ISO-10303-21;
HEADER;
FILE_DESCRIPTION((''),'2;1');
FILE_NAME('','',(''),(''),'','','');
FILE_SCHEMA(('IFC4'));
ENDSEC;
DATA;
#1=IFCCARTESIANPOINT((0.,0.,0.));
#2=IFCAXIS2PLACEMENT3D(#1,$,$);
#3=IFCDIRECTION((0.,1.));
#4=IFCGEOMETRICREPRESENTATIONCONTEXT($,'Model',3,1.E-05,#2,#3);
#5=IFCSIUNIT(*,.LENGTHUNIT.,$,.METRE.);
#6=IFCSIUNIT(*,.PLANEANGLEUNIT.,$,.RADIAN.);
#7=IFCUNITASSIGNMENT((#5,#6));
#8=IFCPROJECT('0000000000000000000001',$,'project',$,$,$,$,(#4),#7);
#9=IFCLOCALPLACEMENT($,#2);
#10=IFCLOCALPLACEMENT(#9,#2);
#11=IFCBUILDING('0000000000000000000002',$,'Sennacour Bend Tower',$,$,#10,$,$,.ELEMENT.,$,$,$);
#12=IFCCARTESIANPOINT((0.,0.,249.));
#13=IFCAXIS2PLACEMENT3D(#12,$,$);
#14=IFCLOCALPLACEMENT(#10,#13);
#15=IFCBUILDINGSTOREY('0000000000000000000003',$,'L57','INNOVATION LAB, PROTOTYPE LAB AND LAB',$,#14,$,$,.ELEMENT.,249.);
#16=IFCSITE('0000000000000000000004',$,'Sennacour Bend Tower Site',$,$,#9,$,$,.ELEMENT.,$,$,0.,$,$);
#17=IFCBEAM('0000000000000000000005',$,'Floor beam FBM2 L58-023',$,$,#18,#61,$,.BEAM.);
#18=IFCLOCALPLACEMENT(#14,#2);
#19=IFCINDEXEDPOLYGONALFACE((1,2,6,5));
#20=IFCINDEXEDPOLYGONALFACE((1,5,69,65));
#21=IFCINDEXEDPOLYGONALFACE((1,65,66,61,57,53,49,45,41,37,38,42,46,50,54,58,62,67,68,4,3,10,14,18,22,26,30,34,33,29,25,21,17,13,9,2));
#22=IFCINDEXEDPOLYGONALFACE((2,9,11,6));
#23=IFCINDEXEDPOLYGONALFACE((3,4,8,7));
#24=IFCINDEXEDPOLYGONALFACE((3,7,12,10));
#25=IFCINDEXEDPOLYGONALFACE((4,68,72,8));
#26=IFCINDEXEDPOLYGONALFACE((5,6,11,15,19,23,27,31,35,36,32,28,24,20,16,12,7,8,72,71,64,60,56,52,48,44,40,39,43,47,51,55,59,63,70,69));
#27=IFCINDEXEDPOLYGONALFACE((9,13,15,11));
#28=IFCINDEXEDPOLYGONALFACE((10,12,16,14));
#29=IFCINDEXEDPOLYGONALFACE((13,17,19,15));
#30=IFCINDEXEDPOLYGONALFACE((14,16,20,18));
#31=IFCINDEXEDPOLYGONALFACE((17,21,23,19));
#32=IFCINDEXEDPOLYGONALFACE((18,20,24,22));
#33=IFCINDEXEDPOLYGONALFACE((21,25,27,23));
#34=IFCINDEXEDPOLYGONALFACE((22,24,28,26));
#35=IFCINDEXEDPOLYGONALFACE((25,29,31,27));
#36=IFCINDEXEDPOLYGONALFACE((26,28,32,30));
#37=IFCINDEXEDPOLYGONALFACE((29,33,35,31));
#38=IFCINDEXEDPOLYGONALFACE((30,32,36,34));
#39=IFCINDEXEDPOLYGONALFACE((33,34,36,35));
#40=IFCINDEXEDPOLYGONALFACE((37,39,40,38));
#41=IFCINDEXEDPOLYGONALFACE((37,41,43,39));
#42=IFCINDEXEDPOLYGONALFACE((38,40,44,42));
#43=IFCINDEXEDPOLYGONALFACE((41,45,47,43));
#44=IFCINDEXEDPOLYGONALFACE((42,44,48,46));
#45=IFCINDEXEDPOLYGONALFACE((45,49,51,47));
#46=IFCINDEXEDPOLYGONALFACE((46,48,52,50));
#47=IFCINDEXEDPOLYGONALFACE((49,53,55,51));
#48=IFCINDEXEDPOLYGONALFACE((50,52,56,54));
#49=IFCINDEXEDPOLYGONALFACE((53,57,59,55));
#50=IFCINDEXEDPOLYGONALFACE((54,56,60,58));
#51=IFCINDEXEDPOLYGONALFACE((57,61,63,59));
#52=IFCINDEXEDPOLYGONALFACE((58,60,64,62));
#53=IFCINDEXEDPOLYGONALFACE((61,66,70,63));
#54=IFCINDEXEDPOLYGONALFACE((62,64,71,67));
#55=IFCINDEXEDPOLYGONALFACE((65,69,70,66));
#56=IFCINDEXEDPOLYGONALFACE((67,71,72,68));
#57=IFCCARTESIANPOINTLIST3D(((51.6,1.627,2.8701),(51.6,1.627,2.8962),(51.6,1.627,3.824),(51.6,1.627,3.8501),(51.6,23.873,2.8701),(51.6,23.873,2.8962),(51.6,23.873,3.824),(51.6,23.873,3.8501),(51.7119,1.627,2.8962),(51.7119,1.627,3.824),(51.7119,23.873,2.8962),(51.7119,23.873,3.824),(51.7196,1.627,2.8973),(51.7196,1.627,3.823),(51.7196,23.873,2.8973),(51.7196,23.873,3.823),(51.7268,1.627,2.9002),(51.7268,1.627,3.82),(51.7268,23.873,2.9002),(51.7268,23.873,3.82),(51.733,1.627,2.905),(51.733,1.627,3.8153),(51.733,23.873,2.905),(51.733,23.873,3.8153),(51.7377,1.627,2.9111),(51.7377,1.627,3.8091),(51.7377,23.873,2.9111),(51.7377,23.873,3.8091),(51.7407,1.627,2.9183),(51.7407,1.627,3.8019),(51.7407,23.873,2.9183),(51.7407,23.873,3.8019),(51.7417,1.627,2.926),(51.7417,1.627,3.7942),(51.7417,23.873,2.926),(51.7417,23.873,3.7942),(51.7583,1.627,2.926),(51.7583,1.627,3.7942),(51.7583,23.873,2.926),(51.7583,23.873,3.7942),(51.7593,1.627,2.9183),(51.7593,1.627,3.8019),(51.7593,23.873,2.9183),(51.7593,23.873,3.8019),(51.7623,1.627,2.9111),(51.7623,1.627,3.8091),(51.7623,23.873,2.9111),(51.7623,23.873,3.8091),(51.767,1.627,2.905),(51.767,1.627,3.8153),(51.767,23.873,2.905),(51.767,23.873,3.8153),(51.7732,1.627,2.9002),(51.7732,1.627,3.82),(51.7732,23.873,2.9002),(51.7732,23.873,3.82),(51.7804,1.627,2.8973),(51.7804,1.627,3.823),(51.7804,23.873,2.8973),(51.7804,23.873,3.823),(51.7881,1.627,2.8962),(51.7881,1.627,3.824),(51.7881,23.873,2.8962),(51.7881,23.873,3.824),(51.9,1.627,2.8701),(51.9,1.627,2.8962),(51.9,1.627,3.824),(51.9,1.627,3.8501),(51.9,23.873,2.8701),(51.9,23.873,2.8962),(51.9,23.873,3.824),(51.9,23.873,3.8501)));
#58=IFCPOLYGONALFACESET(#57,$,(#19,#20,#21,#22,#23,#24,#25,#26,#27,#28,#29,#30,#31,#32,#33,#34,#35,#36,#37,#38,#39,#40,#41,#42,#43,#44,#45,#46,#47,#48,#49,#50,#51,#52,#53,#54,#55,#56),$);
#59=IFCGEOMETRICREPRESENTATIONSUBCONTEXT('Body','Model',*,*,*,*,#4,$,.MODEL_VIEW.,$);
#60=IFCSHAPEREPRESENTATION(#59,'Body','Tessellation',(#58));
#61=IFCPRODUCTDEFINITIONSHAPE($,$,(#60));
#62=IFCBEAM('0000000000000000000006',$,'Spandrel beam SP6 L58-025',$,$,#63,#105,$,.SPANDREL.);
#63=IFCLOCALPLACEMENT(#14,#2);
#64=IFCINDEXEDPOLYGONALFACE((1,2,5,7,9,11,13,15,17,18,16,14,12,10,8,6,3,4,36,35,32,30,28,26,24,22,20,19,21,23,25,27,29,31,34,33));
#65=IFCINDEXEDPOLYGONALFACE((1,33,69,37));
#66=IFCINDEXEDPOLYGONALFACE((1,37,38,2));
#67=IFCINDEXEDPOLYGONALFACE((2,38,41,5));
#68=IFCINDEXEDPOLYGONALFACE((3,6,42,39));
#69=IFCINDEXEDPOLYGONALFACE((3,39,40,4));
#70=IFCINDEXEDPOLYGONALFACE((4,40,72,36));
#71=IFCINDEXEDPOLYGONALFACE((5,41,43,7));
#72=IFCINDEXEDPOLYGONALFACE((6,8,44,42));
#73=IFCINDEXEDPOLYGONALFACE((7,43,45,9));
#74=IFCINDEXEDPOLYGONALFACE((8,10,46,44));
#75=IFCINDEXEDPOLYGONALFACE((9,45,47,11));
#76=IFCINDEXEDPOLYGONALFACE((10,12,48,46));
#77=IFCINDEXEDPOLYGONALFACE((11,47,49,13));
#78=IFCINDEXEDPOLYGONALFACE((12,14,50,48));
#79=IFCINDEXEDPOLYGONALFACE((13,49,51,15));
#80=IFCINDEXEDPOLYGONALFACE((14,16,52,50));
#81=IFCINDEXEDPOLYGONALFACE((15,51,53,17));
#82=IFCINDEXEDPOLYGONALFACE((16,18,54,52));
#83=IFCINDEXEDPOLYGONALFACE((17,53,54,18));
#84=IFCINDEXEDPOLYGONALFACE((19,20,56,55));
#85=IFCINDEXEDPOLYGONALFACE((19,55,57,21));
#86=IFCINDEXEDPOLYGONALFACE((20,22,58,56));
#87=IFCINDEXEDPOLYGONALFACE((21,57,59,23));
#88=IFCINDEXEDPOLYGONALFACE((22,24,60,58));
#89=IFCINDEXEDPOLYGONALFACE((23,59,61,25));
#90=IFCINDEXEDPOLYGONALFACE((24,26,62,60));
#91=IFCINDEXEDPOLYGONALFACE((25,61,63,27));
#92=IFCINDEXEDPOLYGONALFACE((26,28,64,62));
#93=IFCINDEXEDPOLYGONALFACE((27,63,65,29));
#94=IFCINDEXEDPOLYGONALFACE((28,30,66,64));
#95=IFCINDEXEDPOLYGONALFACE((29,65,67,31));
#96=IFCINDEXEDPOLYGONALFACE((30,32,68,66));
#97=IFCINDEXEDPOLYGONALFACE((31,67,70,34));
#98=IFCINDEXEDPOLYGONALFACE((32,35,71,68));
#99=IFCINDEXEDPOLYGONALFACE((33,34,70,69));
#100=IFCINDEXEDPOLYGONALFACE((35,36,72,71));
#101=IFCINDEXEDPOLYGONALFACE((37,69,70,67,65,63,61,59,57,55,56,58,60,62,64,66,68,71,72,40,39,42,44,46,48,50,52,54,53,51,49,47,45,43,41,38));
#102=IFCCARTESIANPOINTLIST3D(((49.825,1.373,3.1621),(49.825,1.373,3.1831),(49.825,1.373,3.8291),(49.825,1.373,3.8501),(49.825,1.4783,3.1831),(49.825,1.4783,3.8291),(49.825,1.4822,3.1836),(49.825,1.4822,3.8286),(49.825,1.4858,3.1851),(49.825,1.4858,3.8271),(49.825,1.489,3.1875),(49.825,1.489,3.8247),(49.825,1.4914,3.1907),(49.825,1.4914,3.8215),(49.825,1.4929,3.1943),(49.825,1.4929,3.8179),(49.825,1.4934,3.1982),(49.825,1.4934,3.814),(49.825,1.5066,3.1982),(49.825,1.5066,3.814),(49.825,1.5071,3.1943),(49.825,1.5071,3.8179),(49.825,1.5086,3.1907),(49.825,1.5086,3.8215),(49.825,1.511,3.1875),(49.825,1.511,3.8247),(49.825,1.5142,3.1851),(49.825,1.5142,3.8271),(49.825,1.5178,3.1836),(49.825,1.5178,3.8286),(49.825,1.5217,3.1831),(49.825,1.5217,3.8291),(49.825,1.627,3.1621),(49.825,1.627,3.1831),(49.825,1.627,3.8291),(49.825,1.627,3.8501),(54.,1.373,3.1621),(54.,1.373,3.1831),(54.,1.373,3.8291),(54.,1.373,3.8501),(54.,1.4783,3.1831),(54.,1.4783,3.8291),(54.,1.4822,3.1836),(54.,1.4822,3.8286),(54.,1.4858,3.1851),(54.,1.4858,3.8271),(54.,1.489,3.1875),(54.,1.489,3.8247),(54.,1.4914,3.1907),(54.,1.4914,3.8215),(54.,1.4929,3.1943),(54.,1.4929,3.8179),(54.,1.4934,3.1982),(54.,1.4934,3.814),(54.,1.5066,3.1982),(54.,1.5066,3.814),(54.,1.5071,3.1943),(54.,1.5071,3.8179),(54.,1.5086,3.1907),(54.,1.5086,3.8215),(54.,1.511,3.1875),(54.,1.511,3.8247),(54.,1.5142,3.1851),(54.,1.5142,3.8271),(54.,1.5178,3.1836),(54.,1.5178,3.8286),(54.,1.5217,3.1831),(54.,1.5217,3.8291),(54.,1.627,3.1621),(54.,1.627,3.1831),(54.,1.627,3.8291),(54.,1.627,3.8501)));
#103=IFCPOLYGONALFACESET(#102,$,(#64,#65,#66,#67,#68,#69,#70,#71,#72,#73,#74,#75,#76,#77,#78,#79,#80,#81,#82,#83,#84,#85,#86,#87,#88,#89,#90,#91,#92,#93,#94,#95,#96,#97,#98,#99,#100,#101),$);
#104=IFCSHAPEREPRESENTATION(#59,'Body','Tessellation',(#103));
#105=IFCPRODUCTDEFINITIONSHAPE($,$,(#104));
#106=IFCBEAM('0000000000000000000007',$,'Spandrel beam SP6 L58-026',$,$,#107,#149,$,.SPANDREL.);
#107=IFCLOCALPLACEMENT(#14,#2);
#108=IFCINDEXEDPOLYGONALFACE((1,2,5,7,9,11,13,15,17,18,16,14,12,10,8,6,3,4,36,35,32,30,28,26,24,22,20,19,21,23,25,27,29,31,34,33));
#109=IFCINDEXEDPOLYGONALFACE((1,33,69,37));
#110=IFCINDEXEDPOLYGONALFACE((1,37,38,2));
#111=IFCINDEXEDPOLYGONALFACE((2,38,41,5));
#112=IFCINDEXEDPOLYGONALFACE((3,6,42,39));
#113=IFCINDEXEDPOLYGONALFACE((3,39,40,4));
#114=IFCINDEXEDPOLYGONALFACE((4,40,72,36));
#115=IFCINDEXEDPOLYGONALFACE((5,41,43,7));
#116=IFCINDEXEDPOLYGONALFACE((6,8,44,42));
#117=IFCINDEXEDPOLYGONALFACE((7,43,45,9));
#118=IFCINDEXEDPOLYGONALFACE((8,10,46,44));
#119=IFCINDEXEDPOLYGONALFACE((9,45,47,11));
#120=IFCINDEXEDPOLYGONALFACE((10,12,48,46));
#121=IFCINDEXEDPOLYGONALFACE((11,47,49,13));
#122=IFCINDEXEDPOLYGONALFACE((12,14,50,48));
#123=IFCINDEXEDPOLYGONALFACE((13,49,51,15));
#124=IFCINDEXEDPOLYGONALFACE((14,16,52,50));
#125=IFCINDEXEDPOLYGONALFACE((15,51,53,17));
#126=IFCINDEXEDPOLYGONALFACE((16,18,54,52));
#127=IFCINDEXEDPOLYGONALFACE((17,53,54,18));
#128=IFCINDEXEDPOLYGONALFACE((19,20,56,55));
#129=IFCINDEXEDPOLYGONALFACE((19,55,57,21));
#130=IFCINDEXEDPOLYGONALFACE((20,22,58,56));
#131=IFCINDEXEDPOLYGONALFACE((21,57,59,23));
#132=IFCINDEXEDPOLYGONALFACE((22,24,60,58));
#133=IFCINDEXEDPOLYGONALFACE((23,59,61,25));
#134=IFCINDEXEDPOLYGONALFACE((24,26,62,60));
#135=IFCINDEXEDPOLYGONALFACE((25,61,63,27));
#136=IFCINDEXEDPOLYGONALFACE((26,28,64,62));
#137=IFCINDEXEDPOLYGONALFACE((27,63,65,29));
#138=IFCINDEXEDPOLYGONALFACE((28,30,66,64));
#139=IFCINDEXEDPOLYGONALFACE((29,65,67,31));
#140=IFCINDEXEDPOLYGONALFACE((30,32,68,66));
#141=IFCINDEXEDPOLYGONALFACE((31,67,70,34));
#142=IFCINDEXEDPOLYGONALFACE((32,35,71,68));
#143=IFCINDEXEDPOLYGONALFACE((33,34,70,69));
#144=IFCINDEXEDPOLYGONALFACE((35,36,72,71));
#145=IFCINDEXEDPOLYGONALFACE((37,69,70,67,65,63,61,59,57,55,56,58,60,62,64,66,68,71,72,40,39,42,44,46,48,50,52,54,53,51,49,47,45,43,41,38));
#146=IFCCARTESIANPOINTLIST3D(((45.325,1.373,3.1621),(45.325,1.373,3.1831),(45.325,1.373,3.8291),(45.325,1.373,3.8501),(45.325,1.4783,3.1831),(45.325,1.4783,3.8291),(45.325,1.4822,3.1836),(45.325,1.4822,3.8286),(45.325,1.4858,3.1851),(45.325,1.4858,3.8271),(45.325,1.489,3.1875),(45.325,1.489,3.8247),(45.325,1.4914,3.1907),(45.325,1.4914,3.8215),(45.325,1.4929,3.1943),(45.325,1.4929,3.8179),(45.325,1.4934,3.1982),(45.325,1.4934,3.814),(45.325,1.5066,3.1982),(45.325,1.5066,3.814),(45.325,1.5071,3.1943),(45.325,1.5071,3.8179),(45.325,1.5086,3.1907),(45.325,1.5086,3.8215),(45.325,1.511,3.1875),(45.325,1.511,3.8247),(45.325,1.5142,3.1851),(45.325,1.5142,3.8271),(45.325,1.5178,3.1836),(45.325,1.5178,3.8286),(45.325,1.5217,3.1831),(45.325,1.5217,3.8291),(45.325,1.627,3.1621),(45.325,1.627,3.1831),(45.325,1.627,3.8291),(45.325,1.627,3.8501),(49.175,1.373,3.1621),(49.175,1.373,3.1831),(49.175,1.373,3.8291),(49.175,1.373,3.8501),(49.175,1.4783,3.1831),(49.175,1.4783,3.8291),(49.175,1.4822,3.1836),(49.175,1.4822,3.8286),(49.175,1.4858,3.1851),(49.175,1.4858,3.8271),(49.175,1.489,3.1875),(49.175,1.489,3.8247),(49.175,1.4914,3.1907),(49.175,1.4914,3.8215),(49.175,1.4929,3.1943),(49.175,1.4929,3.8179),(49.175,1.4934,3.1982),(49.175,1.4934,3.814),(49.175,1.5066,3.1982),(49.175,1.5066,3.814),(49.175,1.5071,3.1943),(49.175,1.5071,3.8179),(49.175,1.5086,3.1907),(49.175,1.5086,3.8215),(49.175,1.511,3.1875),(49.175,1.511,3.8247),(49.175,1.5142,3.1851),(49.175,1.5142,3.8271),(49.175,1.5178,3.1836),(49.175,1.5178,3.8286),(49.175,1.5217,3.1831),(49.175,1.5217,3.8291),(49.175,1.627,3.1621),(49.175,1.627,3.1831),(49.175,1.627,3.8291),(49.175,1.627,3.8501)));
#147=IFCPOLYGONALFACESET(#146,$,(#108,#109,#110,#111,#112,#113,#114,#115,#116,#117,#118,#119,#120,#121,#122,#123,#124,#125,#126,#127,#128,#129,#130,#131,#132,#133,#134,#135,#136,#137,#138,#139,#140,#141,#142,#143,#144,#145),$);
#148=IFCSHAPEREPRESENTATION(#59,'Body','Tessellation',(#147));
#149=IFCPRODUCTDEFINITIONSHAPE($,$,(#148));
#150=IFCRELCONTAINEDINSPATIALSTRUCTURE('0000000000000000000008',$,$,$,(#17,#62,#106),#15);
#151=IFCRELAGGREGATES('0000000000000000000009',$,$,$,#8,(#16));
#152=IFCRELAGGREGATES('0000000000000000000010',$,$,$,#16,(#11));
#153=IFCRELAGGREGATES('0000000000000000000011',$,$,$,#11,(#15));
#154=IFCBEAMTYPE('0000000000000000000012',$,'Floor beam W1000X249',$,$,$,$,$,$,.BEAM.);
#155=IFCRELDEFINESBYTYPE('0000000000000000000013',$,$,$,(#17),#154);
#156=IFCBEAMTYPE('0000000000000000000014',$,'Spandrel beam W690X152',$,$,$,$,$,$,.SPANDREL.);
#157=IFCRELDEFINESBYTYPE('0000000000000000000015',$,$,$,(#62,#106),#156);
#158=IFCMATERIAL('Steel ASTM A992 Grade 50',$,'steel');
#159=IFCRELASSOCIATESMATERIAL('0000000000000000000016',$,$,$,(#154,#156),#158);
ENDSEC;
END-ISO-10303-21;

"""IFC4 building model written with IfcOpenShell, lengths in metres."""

from ifc_helpers import new_model, si_unit, direction, frame, origin, origin_2d, place, context, subcontext, project, spatial, i_section, extrude, material, material_profile, profile_set, type_object, element, save


model = new_model("IFC4")

# Units and contexts
model_context = context("Model", 3, precision=1e-05, world=origin(), true_north=direction((0.0, 1.0)))
body_context = subcontext(model_context, "Body", "Model", "MODEL_VIEW")
ifc_project = project(units=[si_unit("LENGTHUNIT", "METRE"), si_unit("PLANEANGLEUNIT", "RADIAN")], contexts=[model_context])

# Site, building, storey
site_placement = place(None, origin())
site = spatial("IfcSite", under=ifc_project, at=site_placement, Name="Sennacour Bend Tower Site", CompositionType="ELEMENT", RefElevation=0.0)
building_placement = place(site_placement, origin())
building = spatial("IfcBuilding", under=site, at=building_placement, Name="Sennacour Bend Tower", CompositionType="ELEMENT")
storey_placement = place(building_placement, frame((0.0, 0.0, 249.0)))
storey = spatial("IfcBuildingStorey", under=building, at=storey_placement, Name="L57", Description="INNOVATION LAB, PROTOTYPE LAB AND LAB", CompositionType="ELEMENT", Elevation=249.0)

# Beams
ifc_material_1 = material(Name="Steel ASTM A992 Grade 50", Category="steel")
ifc_material_profile_1 = material_profile(ifc_material_1, i_section(OverallWidth=0.3, OverallDepth=0.98, WebThickness=0.0166, FlangeThickness=0.0261, FilletRadius=0.0298, at=origin_2d()), Name="Steel ASTM A992 Grade 50", Category="steel")
ifc_profile_set_1 = profile_set([ifc_material_profile_1], Name="Steel ASTM A992 Grade 50")
beam_type_1 = type_object("IfcBeamType", Name="Floor beam W1000X249", PredefinedType="BEAM", material=ifc_profile_set_1)
beam_1_placement = place(storey_placement, frame((51.75, 1.627, 3.3601), z_axis=(0.0, 1.0, 0.0), x_axis=(-1.0, 0.0, 0.0)))
element("IfcBeam", 1, at=beam_1_placement, inside=storey, type_object=beam_type_1, Name="Floor beam FBM2 L58-023", PredefinedType="BEAM", context=body_context, shape_type="SweptSolid", body=[
    extrude(i_section(OverallWidth=0.3, OverallDepth=0.98, WebThickness=0.0166, FlangeThickness=0.0261, FilletRadius=0.0298, at=origin_2d()), origin(), (0.0, 0.0, 1.0), 22.2461),
])
ifc_material_profile_2 = material_profile(ifc_material_1, i_section(OverallWidth=0.2539, OverallDepth=0.688, WebThickness=0.0132, FlangeThickness=0.021, FilletRadius=0.0151, at=origin_2d()), Name="Steel ASTM A992 Grade 50", Category="steel")
ifc_profile_set_2 = profile_set([ifc_material_profile_2], Name="Steel ASTM A992 Grade 50")
beam_type_2 = type_object("IfcBeamType", Name="Spandrel beam W690X152", PredefinedType="SPANDREL", material=ifc_profile_set_2)
beam_2_placement = place(storey_placement, frame((54.0, 1.5, 3.5061), z_axis=(-1.0, 0.0, 0.0), x_axis=(0.0, -1.0, 0.0)))
element("IfcBeam", 2, at=beam_2_placement, inside=storey, type_object=beam_type_2, Name="Spandrel beam SP6 L58-025", PredefinedType="SPANDREL", context=body_context, shape_type="SweptSolid", body=[
    extrude(i_section(OverallWidth=0.2539, OverallDepth=0.688, WebThickness=0.0132, FlangeThickness=0.021, FilletRadius=0.0151, at=origin_2d()), origin(), (0.0, 0.0, 1.0), 4.175),
])
beam_3_placement = place(storey_placement, frame((49.175, 1.5, 3.5061), z_axis=(-1.0, 0.0, 0.0), x_axis=(0.0, -1.0, 0.0)))
element("IfcBeam", 3, at=beam_3_placement, inside=storey, type_object=beam_type_2, Name="Spandrel beam SP6 L58-026", PredefinedType="SPANDREL", context=body_context, shape_type="SweptSolid", body=[
    extrude(i_section(OverallWidth=0.2539, OverallDepth=0.688, WebThickness=0.0132, FlangeThickness=0.021, FilletRadius=0.0151, at=origin_2d()), origin(), (0.0, 0.0, 1.0), 3.8501),
])

save(model, "model.ifc")
